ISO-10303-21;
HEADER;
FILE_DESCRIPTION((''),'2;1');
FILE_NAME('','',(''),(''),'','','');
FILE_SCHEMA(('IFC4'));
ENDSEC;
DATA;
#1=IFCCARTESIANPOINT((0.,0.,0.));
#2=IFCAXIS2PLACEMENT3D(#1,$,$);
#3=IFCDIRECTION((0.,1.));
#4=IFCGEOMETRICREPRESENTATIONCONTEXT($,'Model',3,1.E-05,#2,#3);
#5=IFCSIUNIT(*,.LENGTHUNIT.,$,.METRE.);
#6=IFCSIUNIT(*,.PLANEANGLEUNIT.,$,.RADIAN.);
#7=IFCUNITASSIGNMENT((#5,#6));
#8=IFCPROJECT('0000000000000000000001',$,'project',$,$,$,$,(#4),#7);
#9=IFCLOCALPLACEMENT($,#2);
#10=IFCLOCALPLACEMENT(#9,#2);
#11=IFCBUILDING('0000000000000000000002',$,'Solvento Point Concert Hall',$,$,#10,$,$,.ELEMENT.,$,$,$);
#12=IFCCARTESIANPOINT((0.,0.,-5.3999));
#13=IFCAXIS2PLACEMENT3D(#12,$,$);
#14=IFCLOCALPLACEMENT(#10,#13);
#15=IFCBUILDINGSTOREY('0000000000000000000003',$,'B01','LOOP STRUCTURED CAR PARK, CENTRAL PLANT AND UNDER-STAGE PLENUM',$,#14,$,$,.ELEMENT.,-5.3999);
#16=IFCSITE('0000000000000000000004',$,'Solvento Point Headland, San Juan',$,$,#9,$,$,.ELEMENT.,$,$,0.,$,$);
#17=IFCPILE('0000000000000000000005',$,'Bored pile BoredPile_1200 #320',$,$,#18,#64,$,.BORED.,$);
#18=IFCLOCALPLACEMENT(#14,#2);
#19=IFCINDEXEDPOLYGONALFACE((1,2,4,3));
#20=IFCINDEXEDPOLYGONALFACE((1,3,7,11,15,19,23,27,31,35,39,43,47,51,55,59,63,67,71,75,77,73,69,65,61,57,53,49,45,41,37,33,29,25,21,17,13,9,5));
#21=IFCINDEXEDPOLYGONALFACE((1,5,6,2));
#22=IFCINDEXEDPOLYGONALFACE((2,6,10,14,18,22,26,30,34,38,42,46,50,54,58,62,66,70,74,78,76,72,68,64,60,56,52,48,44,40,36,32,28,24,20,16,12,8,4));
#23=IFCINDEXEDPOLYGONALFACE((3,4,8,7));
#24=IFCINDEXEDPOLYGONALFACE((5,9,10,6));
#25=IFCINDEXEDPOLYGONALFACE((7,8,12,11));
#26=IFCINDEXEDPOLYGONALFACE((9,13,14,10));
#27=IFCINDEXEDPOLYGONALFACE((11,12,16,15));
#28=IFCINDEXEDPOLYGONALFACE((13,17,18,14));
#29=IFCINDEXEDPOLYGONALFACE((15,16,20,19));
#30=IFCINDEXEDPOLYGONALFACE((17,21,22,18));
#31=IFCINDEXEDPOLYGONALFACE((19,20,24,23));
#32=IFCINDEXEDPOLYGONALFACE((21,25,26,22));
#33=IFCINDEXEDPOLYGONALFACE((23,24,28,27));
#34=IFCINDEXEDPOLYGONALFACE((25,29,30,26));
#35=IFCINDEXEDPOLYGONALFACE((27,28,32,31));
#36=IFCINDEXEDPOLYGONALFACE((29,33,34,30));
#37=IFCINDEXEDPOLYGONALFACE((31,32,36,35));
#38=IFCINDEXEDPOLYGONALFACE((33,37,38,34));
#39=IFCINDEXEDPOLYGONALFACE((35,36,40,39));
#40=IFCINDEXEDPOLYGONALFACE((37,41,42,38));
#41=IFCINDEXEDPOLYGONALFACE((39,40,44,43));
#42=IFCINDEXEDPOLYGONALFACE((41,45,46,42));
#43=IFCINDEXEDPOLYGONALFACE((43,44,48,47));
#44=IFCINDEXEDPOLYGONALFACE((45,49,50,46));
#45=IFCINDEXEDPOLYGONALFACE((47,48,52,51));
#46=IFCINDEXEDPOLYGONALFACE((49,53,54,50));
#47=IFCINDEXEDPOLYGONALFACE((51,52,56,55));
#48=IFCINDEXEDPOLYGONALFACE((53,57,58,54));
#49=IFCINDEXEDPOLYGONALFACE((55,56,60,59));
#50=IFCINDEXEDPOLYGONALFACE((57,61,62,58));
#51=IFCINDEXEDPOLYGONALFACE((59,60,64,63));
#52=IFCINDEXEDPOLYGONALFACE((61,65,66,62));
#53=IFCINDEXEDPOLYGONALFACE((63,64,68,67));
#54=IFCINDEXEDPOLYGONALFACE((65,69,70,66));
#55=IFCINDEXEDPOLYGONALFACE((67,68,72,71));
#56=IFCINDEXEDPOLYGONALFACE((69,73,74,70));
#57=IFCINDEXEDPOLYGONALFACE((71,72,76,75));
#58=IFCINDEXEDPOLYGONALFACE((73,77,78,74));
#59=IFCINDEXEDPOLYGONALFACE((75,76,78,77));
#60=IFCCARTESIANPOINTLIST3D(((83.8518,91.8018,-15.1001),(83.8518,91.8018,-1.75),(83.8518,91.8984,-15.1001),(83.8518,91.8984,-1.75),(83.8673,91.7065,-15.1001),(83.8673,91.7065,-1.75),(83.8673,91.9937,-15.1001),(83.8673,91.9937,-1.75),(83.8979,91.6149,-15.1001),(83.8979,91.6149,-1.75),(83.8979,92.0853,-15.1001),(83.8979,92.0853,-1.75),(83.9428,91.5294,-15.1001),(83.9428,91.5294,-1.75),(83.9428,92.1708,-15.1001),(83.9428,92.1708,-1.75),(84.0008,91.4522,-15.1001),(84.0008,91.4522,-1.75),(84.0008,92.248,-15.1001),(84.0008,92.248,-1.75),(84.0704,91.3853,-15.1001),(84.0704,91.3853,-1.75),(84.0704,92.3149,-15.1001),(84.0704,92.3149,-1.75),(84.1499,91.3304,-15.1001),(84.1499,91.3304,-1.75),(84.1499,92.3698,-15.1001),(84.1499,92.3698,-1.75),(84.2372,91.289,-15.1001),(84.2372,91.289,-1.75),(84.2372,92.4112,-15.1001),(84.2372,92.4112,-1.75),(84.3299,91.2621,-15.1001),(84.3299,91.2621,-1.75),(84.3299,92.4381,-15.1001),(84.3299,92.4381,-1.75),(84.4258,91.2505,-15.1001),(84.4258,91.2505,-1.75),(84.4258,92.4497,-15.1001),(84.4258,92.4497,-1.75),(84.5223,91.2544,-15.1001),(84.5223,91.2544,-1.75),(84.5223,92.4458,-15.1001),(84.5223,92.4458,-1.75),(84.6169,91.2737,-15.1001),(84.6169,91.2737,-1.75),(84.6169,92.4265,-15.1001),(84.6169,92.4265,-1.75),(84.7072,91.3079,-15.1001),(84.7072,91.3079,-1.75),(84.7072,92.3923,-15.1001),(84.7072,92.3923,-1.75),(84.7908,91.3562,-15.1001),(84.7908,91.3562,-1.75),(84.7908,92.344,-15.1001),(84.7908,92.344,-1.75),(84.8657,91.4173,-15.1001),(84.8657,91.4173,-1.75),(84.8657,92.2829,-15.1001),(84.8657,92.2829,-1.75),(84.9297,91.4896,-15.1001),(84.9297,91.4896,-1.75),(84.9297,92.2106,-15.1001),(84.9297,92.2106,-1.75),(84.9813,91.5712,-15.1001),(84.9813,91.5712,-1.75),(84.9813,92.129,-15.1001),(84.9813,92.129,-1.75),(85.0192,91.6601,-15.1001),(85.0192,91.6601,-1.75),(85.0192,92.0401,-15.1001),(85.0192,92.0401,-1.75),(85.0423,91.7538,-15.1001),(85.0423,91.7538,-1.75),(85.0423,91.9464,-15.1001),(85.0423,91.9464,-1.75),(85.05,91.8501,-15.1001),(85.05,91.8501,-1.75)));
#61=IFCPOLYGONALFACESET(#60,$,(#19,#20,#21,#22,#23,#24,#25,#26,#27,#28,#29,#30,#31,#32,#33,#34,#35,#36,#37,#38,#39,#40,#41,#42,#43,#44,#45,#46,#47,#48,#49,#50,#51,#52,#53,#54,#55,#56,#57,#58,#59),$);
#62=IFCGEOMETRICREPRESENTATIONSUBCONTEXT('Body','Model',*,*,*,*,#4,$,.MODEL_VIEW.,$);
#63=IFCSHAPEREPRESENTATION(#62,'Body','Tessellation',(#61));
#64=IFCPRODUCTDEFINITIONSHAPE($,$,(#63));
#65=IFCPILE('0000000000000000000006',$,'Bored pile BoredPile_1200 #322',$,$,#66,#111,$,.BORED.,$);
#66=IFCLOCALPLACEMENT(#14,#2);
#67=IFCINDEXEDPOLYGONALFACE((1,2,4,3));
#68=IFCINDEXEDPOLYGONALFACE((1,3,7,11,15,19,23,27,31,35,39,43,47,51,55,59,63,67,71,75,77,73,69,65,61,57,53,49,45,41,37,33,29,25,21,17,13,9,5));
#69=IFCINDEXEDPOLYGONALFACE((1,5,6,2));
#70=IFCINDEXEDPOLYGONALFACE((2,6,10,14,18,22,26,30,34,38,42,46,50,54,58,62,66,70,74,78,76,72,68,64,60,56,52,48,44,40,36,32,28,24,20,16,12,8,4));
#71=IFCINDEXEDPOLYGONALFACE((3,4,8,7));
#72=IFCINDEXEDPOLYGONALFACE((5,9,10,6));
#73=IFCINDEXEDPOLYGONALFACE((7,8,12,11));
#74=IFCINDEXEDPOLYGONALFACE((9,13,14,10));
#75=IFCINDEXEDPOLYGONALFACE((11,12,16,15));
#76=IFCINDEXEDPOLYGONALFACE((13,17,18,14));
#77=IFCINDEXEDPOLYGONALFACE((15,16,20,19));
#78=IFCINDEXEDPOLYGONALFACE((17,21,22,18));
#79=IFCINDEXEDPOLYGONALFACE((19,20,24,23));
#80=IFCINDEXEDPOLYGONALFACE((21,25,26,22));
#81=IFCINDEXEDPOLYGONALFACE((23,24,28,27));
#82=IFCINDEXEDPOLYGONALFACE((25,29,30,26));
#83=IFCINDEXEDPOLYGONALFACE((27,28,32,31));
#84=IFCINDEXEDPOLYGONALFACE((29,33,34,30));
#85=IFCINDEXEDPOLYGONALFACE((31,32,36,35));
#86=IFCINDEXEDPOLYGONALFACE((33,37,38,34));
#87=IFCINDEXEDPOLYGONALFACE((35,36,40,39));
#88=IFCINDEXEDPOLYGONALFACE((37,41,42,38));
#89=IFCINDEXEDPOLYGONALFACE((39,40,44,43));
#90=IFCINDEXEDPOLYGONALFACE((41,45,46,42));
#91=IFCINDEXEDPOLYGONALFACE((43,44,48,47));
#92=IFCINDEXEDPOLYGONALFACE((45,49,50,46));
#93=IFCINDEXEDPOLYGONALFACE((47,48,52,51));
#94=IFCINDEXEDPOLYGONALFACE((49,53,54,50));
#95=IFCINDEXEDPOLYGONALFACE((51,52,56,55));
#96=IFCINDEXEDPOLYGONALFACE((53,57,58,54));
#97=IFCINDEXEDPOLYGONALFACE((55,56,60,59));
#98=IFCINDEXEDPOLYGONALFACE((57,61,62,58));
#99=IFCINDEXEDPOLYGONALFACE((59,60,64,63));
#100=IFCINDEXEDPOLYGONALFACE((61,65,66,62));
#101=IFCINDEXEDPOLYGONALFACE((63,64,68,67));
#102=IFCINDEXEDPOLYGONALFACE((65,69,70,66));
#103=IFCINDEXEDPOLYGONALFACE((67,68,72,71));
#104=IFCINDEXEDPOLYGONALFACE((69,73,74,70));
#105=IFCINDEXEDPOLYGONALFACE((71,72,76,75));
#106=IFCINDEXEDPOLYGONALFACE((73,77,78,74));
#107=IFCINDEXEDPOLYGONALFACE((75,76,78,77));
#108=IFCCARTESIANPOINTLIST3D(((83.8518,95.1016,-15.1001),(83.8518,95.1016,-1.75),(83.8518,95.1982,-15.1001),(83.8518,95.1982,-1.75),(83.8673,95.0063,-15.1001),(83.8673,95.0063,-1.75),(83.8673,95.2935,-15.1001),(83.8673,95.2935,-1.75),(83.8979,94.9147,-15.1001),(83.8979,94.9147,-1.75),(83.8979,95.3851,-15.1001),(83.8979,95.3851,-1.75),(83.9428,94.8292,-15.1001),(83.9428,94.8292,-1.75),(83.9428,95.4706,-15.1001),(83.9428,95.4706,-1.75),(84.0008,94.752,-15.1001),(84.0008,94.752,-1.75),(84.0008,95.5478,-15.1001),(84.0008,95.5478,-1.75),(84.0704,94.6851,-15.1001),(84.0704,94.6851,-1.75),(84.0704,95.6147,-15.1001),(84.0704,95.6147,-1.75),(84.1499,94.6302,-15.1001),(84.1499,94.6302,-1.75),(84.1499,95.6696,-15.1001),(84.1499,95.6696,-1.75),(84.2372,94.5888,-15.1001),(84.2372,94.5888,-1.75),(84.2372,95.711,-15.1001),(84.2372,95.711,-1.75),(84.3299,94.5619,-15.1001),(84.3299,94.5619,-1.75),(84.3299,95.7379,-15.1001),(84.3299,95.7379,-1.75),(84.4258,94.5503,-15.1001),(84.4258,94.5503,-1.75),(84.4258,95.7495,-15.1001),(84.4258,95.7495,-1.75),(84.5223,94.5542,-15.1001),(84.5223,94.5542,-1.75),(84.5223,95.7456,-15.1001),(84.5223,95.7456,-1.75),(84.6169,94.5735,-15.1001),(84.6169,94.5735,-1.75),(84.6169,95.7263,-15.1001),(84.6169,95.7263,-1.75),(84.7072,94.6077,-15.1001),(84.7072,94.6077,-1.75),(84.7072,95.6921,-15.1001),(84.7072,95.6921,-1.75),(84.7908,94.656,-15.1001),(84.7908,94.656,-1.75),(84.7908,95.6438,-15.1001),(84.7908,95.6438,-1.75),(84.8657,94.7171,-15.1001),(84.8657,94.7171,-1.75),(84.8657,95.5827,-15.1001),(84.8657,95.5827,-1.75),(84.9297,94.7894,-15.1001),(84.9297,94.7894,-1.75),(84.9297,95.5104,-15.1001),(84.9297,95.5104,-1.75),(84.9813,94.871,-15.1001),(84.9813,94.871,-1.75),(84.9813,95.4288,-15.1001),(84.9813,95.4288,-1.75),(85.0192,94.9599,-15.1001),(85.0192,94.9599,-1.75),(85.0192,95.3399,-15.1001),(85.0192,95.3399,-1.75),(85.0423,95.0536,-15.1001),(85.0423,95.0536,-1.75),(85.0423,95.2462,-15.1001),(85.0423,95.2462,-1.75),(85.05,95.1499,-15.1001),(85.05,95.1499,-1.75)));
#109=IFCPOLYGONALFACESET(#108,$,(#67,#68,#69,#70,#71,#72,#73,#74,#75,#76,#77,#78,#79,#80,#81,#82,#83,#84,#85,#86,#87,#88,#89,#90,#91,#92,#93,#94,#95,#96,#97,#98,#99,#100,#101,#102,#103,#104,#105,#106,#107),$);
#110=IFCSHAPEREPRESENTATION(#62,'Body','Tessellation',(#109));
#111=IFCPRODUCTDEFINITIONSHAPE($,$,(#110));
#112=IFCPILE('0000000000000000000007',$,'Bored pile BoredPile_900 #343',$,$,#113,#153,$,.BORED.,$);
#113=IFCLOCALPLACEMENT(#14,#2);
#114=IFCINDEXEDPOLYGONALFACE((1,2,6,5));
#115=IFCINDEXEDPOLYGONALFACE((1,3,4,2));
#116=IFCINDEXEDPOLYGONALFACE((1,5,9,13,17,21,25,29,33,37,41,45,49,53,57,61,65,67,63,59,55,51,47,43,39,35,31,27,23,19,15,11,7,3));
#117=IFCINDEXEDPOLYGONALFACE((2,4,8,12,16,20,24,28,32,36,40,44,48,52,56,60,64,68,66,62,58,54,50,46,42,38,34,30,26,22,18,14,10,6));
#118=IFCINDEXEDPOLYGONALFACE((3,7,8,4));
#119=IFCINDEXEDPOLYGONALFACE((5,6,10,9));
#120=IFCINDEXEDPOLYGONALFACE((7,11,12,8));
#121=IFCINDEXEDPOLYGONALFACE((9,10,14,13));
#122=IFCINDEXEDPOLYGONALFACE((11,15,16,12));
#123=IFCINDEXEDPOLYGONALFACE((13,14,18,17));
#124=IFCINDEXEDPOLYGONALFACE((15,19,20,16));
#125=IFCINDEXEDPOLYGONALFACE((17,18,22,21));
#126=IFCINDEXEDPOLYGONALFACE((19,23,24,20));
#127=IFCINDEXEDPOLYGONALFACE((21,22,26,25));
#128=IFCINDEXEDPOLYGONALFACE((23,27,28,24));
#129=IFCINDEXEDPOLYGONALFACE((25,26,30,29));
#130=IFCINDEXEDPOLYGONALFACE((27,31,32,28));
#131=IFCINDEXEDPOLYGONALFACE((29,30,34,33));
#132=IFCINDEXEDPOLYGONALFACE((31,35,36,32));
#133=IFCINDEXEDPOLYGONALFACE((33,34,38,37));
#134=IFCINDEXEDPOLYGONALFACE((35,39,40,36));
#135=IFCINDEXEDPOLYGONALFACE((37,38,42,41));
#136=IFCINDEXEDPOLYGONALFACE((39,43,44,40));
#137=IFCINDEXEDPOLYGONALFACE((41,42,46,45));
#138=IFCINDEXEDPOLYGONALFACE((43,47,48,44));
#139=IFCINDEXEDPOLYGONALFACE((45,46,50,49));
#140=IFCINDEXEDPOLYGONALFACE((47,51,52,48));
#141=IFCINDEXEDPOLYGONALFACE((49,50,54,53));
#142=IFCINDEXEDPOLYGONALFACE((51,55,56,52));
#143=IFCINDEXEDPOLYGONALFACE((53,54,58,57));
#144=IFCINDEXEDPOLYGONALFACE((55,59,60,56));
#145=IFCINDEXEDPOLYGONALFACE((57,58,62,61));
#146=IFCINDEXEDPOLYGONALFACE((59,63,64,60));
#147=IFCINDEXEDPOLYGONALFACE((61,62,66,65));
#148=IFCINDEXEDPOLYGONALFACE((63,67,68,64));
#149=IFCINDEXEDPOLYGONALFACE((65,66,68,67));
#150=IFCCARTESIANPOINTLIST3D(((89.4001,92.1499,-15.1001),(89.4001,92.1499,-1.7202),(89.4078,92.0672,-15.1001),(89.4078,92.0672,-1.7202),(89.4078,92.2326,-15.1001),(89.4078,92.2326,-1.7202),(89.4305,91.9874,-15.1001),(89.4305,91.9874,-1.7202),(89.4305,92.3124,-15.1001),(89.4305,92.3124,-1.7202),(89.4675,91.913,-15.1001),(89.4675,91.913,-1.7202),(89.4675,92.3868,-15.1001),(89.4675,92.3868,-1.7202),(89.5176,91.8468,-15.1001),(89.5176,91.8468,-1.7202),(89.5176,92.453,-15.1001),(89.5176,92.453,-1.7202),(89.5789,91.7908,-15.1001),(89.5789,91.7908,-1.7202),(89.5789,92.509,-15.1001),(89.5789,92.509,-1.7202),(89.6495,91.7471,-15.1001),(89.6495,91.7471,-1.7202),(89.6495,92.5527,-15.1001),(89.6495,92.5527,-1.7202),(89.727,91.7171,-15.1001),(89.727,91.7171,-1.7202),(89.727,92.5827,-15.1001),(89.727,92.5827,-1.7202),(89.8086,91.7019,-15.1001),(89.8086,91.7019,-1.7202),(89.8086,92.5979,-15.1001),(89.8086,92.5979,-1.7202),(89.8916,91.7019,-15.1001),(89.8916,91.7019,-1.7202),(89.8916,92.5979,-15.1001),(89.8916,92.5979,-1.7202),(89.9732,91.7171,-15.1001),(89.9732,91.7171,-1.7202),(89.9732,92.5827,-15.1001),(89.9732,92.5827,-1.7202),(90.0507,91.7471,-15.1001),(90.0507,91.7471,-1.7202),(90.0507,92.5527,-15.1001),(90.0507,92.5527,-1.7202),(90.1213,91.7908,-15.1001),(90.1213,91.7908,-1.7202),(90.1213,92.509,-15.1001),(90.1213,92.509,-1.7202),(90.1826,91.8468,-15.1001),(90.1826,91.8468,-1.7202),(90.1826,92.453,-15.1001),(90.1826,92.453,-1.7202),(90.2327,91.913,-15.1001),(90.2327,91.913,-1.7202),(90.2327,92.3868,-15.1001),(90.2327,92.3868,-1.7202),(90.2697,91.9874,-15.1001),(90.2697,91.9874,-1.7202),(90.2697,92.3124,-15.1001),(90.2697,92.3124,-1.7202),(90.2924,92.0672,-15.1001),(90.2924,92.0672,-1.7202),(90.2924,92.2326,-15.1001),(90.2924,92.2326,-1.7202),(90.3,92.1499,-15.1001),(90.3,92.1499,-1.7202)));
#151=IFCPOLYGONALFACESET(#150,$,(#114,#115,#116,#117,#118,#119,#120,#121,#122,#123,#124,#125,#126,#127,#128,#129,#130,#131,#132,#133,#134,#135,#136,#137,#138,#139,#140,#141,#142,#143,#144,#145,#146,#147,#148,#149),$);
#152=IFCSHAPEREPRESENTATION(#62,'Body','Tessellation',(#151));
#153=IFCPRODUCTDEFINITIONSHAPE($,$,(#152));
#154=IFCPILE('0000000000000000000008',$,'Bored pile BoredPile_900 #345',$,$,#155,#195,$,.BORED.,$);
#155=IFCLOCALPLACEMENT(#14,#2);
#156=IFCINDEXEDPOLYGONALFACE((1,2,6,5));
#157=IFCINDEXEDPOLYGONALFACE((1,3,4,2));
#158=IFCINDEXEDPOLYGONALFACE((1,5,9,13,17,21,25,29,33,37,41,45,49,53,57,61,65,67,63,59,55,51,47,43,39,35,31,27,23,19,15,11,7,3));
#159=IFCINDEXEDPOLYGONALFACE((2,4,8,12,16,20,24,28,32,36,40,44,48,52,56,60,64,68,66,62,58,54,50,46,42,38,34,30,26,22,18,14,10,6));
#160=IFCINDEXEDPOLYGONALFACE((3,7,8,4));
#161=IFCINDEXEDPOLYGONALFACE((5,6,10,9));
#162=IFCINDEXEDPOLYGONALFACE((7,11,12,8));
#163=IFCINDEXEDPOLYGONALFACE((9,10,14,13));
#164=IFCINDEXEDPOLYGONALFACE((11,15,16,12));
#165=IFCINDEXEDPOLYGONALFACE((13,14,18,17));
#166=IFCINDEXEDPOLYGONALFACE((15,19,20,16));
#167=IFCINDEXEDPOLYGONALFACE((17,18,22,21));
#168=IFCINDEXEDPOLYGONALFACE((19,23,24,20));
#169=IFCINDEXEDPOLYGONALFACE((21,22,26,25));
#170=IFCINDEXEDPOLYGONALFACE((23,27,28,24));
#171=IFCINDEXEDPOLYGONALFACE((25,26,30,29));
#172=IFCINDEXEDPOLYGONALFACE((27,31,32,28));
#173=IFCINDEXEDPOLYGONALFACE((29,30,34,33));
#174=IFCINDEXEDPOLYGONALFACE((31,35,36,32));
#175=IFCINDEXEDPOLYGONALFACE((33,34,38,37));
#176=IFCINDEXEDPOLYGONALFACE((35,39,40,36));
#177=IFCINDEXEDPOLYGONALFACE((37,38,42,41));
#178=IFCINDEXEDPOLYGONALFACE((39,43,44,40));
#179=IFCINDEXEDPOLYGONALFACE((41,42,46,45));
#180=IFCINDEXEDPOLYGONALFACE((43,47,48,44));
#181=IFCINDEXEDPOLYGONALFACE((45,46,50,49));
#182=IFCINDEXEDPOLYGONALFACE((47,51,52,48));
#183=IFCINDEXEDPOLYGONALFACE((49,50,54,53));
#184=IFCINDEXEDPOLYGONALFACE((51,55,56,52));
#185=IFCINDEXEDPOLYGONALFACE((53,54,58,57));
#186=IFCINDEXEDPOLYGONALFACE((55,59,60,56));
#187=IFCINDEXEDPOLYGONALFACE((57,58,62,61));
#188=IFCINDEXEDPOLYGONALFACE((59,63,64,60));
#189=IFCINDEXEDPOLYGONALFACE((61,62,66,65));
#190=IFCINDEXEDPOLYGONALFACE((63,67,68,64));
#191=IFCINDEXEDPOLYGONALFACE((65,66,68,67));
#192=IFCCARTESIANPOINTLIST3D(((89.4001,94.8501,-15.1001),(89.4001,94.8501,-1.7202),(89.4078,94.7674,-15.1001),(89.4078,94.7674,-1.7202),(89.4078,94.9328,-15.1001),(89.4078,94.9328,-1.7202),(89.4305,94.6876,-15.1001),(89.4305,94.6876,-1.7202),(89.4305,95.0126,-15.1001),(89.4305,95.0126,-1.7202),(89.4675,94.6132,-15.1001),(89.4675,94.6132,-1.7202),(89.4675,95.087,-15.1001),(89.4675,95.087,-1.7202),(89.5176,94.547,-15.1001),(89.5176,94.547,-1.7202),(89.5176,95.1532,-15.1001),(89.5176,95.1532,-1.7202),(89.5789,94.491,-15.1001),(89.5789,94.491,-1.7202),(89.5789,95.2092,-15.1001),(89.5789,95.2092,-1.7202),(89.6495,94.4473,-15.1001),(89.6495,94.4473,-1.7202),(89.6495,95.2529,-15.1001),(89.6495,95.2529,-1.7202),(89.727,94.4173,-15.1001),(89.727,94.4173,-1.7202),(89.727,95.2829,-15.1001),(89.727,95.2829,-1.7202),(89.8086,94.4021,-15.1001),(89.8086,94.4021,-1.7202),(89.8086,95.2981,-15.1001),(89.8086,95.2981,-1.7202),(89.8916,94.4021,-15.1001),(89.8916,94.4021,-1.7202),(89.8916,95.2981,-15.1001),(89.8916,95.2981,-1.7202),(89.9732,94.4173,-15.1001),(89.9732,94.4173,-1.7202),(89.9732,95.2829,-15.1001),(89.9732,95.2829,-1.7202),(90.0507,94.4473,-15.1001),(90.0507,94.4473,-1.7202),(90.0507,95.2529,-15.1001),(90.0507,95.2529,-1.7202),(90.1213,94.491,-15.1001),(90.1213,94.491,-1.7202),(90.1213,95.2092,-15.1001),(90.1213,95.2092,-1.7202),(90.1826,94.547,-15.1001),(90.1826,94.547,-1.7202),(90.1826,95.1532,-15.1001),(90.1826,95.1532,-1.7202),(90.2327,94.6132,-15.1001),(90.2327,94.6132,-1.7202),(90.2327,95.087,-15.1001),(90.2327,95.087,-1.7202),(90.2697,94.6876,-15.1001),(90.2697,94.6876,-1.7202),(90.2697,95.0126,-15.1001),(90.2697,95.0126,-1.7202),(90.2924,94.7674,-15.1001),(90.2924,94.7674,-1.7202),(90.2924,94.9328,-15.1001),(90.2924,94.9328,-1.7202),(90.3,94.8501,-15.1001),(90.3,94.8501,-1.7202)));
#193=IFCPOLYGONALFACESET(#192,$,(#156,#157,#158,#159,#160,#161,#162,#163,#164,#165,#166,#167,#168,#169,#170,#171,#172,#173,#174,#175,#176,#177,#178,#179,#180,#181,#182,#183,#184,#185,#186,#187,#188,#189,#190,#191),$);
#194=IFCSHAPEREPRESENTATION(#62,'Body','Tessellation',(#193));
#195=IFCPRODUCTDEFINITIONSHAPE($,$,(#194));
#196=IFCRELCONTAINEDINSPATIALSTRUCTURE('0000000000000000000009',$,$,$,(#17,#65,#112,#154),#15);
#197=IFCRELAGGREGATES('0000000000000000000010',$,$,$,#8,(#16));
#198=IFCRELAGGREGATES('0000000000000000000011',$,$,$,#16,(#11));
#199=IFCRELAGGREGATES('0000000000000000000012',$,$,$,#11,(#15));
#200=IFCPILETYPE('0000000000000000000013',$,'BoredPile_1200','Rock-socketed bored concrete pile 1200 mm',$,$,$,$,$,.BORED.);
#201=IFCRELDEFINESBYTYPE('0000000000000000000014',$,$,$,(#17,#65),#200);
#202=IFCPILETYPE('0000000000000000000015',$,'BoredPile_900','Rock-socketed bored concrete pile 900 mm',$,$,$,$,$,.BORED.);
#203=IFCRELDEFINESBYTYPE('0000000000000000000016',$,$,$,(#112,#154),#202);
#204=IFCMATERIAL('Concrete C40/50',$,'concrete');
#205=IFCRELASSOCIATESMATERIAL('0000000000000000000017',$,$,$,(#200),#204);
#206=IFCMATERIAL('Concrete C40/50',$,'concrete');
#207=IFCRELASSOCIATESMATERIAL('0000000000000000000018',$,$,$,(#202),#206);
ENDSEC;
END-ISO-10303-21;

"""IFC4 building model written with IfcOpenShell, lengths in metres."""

from ifc_helpers import new_model, si_unit, direction, frame, origin, origin_2d, place, context, subcontext, project, spatial, circle, extrude, material, material_profile, profile_set, type_object, element, save


model = new_model("IFC4")

# Units and contexts
model_context = context("Model", 3, precision=1e-05, world=origin(), true_north=direction((0.0, 1.0)))
body_context = subcontext(model_context, "Body", "Model", "MODEL_VIEW")
ifc_project = project(units=[si_unit("LENGTHUNIT", "METRE"), si_unit("PLANEANGLEUNIT", "RADIAN")], contexts=[model_context])

# Site, building, storey
site_placement = place(None, origin())
site = spatial("IfcSite", under=ifc_project, at=site_placement, Name="Solvento Point Headland, San Juan", CompositionType="ELEMENT", RefElevation=0.0)
building_placement = place(site_placement, origin())
building = spatial("IfcBuilding", under=site, at=building_placement, Name="Solvento Point Concert Hall", CompositionType="ELEMENT")
storey_placement = place(building_placement, frame((0.0, 0.0, -5.3999)))
storey = spatial("IfcBuildingStorey", under=building, at=storey_placement, Name="B01", Description="LOOP STRUCTURED CAR PARK, CENTRAL PLANT AND UNDER-STAGE PLENUM", CompositionType="ELEMENT", Elevation=-5.3999)

# Piles
ifc_material_1 = material(Name="Concrete C40/50", Category="concrete")
ifc_material_profile_1 = material_profile(ifc_material_1, circle(Radius=0.6001, at=origin_2d()), Name="BP-1200")
ifc_profile_set_1 = profile_set([ifc_material_profile_1], Name="Concrete C40/50")
pile_type_1 = type_object("IfcPileType", Name="BoredPile_1200", Description="Rock-socketed bored concrete pile 1200 mm", PredefinedType="BORED", material=ifc_profile_set_1)
for number, where, z_axis, x_axis, name in (
    (1, (84.45, 91.8501, -1.75), (0.0, 0.0, -1.0), (1.0, 0.0, 0.0), "Bored pile BoredPile_1200 #320"),
    (2, (84.45, 95.1499, -1.75), (0.0, 0.0, -1.0), (1.0, 0.0, 0.0), "Bored pile BoredPile_1200 #322"),
):
    element("IfcPile", number, at=place(storey_placement, frame(where, z_axis=z_axis, x_axis=x_axis)), inside=storey, type_object=pile_type_1, Name=name, PredefinedType="BORED", context=body_context, shape_type="SweptSolid", body=[
        extrude(circle(Radius=0.6001, at=origin_2d()), origin(), (0.0, 0.0, 1.0), 13.3501),
    ])
ifc_material_2 = material(Name="Concrete C40/50", Category="concrete")
ifc_material_profile_2 = material_profile(ifc_material_2, circle(Radius=0.45, at=origin_2d()), Name="BP-900")
ifc_profile_set_2 = profile_set([ifc_material_profile_2], Name="Concrete C40/50")
pile_type_2 = type_object("IfcPileType", Name="BoredPile_900", Description="Rock-socketed bored concrete pile 900 mm", PredefinedType="BORED", material=ifc_profile_set_2)
for number, where, z_axis, x_axis, name in (
    (3, (89.8501, 92.1499, -1.7202), (0.0, 0.0, -1.0), (1.0, 0.0, 0.0), "Bored pile BoredPile_900 #343"),
    (4, (89.8501, 94.8501, -1.7202), (0.0, 0.0, -1.0), (1.0, 0.0, 0.0), "Bored pile BoredPile_900 #345"),
):
    element("IfcPile", number, at=place(storey_placement, frame(where, z_axis=z_axis, x_axis=x_axis)), inside=storey, type_object=pile_type_2, Name=name, PredefinedType="BORED", context=body_context, shape_type="SweptSolid", body=[
        extrude(circle(Radius=0.45, at=origin_2d()), origin(), (0.0, 0.0, 1.0), 13.3799),
    ])

save(model, "model.ifc")
